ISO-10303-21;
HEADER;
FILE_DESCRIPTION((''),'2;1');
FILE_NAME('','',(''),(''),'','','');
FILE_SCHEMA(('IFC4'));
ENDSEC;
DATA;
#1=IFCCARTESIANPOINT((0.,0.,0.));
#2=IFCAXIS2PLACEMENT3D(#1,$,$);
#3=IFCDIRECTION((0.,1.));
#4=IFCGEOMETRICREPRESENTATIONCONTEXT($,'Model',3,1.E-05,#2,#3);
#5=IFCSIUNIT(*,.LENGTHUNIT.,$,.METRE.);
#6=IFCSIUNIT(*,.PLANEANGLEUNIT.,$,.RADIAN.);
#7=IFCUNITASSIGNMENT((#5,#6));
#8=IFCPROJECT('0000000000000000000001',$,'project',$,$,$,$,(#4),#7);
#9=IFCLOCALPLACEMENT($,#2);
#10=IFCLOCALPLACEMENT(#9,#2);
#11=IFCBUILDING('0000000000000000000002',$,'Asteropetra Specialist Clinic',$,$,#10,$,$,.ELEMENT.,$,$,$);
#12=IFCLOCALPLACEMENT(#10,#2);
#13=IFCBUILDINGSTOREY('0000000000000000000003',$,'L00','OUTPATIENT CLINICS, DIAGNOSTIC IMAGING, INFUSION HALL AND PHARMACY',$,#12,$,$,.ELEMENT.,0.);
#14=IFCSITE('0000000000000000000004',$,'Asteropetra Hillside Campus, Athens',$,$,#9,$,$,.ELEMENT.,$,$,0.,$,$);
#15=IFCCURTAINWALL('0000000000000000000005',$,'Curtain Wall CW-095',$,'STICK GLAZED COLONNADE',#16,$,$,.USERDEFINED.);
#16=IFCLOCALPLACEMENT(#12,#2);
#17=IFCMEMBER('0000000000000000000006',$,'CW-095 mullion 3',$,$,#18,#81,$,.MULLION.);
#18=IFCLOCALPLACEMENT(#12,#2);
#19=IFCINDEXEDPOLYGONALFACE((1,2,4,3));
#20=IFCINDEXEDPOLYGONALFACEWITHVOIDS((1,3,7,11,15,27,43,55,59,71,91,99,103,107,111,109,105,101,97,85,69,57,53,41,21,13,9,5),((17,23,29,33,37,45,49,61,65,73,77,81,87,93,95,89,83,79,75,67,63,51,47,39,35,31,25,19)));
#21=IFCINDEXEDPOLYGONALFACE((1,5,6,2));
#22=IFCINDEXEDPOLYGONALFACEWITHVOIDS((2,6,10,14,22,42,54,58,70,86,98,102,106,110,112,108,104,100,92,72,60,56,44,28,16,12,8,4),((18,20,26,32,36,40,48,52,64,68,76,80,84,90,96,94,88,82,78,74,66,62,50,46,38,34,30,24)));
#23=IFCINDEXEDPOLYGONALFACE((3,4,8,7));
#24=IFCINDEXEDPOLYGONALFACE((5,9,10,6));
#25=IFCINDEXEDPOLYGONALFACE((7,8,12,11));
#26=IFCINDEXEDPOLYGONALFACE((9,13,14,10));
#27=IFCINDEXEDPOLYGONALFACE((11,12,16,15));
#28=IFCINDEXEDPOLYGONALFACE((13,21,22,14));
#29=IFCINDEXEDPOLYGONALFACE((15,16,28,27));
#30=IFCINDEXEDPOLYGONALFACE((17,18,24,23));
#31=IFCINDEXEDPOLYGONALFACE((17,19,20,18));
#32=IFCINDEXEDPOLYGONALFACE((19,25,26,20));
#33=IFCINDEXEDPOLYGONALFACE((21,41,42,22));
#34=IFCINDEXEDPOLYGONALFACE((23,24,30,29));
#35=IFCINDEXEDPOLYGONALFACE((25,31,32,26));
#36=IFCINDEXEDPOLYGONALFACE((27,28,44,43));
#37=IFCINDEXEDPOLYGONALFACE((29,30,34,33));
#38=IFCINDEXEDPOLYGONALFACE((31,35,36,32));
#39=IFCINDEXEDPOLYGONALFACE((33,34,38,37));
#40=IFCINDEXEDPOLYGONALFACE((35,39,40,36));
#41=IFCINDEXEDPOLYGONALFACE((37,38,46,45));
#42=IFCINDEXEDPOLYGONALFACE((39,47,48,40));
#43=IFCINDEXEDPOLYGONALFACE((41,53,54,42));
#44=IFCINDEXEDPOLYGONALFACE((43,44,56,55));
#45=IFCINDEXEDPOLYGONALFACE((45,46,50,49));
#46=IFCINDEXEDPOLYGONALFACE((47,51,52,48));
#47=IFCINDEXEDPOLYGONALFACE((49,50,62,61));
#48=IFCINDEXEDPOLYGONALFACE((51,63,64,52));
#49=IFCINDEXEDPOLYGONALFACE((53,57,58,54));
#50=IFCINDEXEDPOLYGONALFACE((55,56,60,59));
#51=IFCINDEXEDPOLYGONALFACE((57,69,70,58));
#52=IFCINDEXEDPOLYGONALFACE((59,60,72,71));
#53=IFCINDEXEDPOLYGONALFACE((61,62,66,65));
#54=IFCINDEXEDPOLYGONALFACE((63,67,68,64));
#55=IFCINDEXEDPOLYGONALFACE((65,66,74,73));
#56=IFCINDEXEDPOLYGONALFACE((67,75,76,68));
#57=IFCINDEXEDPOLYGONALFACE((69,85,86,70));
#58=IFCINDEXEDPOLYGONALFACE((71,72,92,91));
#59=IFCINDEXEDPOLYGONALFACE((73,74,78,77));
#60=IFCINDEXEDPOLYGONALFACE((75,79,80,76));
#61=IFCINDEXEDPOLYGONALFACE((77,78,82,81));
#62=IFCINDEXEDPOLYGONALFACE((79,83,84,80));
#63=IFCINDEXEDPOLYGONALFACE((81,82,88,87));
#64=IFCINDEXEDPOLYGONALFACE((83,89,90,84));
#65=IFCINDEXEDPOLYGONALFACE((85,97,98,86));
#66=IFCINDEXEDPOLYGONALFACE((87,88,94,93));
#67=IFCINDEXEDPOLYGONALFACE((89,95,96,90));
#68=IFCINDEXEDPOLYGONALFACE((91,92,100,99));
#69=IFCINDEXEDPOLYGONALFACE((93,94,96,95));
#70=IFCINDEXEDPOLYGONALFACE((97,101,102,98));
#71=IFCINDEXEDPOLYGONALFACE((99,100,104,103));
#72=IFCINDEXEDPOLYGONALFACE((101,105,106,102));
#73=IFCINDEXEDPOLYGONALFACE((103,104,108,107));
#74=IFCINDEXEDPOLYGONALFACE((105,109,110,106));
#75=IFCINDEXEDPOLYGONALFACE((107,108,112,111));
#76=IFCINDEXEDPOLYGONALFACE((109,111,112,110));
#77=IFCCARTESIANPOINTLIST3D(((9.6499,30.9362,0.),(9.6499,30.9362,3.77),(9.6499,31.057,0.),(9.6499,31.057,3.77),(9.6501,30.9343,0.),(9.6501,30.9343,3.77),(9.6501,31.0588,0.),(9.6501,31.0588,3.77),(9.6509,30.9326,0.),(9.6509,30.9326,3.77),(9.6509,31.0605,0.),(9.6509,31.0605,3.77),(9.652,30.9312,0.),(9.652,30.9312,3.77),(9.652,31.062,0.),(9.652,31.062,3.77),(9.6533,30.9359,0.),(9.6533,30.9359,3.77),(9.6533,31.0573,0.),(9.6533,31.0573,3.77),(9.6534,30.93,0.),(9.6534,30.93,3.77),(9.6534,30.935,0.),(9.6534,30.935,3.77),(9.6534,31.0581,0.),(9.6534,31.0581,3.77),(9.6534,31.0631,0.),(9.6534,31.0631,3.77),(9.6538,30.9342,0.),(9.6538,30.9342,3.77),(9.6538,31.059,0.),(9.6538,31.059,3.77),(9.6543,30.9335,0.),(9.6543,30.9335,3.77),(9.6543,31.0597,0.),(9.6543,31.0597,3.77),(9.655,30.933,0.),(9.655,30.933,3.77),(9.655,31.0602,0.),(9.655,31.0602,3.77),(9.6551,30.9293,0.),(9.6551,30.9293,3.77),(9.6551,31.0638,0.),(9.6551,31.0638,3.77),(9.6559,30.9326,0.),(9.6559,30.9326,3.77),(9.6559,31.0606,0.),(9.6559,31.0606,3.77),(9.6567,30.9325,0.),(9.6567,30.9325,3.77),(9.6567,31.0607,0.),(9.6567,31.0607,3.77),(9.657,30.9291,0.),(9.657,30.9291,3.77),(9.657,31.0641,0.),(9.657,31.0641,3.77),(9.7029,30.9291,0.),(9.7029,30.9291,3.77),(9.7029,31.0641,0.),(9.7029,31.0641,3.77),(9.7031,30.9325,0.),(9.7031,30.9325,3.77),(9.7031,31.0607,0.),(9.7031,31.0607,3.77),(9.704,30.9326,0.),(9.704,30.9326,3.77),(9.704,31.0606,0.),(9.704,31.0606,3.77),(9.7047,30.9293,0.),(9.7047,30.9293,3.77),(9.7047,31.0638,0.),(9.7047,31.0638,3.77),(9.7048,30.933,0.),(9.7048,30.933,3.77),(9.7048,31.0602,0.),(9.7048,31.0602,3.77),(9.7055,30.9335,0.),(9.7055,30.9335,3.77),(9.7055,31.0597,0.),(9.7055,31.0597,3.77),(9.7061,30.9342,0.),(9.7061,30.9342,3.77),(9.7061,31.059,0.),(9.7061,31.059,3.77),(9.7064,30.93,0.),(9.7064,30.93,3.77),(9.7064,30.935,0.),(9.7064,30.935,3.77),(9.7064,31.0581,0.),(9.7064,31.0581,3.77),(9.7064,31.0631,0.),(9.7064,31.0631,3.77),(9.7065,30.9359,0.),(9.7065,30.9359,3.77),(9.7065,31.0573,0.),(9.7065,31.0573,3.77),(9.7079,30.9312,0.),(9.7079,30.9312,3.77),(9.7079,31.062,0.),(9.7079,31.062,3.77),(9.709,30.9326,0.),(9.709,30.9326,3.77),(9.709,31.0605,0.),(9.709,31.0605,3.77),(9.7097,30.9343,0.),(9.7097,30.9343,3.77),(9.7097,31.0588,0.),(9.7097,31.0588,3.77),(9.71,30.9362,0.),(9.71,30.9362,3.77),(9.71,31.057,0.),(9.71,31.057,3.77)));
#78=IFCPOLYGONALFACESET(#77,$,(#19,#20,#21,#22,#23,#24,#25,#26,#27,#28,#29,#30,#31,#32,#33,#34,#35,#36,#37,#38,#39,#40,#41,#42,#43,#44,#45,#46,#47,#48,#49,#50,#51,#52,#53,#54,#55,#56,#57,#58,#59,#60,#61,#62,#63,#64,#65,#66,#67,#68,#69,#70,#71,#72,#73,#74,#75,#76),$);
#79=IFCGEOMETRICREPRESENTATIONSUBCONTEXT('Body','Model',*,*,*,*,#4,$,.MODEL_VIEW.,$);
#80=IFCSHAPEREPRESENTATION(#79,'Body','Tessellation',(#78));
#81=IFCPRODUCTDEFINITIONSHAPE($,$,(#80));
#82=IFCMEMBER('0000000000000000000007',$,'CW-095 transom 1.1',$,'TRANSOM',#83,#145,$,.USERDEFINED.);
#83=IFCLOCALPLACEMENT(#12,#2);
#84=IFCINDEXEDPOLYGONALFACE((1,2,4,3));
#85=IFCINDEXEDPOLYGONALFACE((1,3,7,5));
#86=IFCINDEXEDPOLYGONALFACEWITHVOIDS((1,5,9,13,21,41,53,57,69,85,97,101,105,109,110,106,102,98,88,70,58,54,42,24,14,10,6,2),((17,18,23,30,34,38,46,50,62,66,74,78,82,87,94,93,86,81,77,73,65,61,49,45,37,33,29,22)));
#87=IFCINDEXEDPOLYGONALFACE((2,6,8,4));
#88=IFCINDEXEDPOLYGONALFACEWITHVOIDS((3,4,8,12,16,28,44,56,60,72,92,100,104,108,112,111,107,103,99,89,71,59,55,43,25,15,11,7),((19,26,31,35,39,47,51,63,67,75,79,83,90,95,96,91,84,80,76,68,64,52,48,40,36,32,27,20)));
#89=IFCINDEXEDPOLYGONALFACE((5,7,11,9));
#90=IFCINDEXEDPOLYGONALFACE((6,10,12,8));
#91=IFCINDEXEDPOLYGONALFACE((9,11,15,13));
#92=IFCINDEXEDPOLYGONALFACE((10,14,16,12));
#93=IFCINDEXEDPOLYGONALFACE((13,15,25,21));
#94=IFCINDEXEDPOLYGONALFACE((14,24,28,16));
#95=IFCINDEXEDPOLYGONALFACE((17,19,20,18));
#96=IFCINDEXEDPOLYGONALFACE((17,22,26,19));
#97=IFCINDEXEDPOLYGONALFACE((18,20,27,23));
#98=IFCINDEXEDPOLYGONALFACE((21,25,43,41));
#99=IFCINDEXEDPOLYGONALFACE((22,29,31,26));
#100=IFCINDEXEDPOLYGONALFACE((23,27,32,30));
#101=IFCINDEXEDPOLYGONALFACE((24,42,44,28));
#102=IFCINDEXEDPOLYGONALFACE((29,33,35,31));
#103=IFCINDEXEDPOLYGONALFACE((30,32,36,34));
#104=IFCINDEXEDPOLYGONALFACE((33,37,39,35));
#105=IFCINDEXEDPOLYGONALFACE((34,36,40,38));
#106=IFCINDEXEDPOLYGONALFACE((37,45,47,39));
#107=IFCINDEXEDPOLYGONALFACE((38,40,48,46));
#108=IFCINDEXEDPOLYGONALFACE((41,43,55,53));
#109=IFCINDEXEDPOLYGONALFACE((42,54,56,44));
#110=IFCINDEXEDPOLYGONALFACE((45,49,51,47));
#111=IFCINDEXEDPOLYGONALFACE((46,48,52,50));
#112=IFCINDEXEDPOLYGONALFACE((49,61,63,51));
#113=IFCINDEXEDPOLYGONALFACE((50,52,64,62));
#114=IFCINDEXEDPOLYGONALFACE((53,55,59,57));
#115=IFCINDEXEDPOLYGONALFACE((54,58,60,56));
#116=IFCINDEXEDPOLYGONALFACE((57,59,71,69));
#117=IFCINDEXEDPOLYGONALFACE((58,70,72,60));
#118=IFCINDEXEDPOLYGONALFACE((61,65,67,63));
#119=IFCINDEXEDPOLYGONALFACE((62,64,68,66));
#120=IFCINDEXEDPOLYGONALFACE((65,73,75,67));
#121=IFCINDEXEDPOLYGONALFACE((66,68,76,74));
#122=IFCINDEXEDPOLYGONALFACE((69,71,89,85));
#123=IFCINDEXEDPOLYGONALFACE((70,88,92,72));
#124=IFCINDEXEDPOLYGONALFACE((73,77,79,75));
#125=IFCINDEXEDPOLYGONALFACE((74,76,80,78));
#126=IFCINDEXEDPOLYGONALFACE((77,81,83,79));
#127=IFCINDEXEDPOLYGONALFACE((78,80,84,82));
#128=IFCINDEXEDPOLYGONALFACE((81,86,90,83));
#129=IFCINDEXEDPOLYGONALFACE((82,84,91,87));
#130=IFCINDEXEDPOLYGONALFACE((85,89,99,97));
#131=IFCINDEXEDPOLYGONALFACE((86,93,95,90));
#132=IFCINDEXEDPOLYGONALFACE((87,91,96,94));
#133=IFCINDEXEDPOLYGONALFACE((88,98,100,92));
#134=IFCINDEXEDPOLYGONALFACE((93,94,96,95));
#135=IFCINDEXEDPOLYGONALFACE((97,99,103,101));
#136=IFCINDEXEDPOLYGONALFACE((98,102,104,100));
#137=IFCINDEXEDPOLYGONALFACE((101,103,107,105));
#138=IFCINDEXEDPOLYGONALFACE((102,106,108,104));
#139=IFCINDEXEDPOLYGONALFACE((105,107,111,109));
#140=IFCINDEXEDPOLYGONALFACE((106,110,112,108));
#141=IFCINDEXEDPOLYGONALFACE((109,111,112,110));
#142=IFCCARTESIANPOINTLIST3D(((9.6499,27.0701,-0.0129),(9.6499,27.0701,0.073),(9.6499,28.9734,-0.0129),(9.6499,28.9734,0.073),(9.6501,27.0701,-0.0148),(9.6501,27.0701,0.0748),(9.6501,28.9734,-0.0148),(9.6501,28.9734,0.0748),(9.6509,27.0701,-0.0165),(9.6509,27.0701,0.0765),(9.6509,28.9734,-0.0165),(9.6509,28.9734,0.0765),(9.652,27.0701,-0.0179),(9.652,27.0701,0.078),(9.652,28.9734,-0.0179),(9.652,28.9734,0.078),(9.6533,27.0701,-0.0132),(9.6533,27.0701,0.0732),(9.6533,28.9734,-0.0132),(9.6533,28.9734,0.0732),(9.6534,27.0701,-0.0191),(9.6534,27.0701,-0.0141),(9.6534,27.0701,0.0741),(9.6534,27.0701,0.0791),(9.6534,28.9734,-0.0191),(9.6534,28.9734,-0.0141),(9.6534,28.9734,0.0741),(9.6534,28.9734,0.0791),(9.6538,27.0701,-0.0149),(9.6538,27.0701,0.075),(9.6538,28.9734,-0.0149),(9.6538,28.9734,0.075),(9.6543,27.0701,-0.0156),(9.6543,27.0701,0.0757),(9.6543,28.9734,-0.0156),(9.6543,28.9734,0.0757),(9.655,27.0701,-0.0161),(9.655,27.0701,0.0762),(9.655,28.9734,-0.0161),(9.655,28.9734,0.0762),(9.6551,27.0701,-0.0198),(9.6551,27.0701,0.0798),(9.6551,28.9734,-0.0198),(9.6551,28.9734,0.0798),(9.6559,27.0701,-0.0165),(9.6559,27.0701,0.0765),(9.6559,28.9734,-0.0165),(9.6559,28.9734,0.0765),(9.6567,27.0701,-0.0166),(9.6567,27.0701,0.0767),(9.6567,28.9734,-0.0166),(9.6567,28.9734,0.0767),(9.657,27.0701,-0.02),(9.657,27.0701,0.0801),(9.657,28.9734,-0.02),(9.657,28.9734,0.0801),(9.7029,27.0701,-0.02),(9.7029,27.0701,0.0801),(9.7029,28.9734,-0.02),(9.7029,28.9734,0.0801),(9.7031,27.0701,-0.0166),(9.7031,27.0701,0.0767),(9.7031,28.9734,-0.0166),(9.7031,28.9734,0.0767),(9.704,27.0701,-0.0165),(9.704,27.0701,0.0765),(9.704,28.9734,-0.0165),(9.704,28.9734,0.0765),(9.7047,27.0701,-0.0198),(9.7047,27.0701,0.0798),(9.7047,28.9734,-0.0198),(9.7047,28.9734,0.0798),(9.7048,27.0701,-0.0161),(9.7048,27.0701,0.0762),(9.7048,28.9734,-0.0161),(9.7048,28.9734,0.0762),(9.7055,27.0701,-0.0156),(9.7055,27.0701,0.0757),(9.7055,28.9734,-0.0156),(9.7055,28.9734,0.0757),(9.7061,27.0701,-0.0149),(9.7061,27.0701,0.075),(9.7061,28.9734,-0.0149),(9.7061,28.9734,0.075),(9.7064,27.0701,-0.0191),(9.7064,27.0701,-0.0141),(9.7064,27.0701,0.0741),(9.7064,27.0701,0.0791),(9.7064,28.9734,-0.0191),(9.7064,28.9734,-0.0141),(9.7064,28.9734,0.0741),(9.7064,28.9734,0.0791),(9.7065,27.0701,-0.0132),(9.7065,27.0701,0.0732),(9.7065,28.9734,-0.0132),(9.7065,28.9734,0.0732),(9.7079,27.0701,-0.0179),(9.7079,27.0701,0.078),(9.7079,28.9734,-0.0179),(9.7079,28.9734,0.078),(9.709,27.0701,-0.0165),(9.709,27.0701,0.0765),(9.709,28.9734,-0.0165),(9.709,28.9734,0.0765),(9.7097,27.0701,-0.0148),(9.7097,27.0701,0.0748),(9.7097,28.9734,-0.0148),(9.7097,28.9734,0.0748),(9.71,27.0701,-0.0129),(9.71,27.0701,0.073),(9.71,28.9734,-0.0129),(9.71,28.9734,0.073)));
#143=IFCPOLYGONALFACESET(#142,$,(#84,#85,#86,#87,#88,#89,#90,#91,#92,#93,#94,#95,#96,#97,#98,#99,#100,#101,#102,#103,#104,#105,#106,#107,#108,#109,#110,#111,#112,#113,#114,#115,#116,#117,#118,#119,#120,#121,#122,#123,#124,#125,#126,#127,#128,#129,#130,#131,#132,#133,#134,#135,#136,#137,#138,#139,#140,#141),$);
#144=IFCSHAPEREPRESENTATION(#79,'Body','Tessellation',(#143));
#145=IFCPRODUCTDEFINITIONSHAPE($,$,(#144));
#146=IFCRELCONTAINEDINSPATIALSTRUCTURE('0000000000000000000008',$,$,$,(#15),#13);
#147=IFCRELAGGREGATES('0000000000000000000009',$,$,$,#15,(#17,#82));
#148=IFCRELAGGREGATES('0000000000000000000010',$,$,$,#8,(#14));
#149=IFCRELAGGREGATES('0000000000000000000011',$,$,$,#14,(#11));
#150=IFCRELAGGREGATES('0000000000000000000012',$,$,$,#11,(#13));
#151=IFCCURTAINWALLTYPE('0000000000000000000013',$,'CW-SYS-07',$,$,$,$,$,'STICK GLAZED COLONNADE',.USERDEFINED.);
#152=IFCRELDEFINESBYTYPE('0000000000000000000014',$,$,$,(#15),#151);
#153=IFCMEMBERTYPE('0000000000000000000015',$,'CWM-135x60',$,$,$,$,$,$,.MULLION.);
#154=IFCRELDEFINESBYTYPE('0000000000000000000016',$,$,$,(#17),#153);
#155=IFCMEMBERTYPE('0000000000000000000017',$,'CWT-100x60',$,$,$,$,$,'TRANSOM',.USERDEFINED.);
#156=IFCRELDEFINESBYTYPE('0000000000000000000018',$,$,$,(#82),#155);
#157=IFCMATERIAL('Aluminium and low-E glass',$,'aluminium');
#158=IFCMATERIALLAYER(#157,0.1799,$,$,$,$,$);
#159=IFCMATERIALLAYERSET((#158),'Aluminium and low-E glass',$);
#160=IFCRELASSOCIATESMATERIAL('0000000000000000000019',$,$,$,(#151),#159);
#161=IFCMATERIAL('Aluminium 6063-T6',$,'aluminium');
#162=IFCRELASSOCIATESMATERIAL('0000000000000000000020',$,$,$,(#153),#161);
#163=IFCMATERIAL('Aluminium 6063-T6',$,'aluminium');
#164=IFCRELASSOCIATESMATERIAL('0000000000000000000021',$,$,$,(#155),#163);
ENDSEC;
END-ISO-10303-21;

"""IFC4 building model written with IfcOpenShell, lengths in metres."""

from ifc_helpers import new_model, si_unit, direction, frame, origin, origin_2d, place, context, subcontext, project, spatial, hollow_rectangle, extrude, material, layer, layer_set, material_profile, profile_set, type_object, element, aggregate, save


model = new_model("IFC4")

# Units and contexts
model_context = context("Model", 3, precision=1e-05, world=origin(), true_north=direction((0.0, 1.0)))
body_context = subcontext(model_context, "Body", "Model", "MODEL_VIEW")
ifc_project = project(units=[si_unit("LENGTHUNIT", "METRE"), si_unit("PLANEANGLEUNIT", "RADIAN")], contexts=[model_context])

# Site, building, storey
site_placement = place(None, origin())
site = spatial("IfcSite", under=ifc_project, at=site_placement, Name="Asteropetra Hillside Campus, Athens", CompositionType="ELEMENT", RefElevation=0.0)
building_placement = place(site_placement, origin())
building = spatial("IfcBuilding", under=site, at=building_placement, Name="Asteropetra Specialist Clinic", CompositionType="ELEMENT")
storey_placement = place(building_placement, origin())
storey = spatial("IfcBuildingStorey", under=building, at=storey_placement, Name="L00", Description="OUTPATIENT CLINICS, DIAGNOSTIC IMAGING, INFUSION HALL AND PHARMACY", CompositionType="ELEMENT", Elevation=0.0)

# Curtain wall, members
ifc_material_1 = material(Name="Aluminium and low-E glass", Category="aluminium")
ifc_layer_1 = layer(ifc_material_1, 0.1799)
ifc_layer_set_1 = layer_set([ifc_layer_1], Name="Aluminium and low-E glass")
curtain_wall_type = type_object("IfcCurtainWallType", Name="CW-SYS-07", ElementType="STICK GLAZED COLONNADE", PredefinedType="USERDEFINED", material=ifc_layer_set_1)
curtain_wall_placement = place(storey_placement, origin())
curtain_wall = element("IfcCurtainWall", 1, at=curtain_wall_placement, inside=storey, type_object=curtain_wall_type, Name="Curtain Wall CW-095", ObjectType="STICK GLAZED COLONNADE", PredefinedType="USERDEFINED")
ifc_material_2 = material(Name="Aluminium 6063-T6", Category="aluminium")
ifc_material_profile_1 = material_profile(ifc_material_2, hollow_rectangle(XDim=0.0601, YDim=0.135, WallThickness=0.0034, InnerFilletRadius=0.0034, OuterFilletRadius=0.0071, at=origin_2d()), Name="MUL 135x60x3.5")
ifc_profile_set_1 = profile_set([ifc_material_profile_1], Name="Aluminium 6063-T6")
member_type_1 = type_object("IfcMemberType", Name="CWM-135x60", PredefinedType="MULLION", material=ifc_profile_set_1)
member_1_placement = place(storey_placement, frame((9.6799, 30.9966, 0.0), z_axis=(0.0, 0.0, 1.0), x_axis=(-1.0, 0.0, 0.0)))
member_1 = element("IfcMember", 2, at=member_1_placement, type_object=member_type_1, Name="CW-095 mullion 3", PredefinedType="MULLION", context=body_context, shape_type="SweptSolid", body=[
    extrude(hollow_rectangle(XDim=0.0601, YDim=0.135, WallThickness=0.0034, InnerFilletRadius=0.0034, OuterFilletRadius=0.0071, at=origin_2d()), origin(), (0.0, 0.0, 1.0), 3.77),
])
ifc_material_3 = material(Name="Aluminium 6063-T6", Category="aluminium")
ifc_material_profile_2 = material_profile(ifc_material_3, hollow_rectangle(XDim=0.0601, YDim=0.1001, WallThickness=0.0034, InnerFilletRadius=0.0034, OuterFilletRadius=0.0071, at=origin_2d()), Name="TRN 100x60x3.5")
ifc_profile_set_2 = profile_set([ifc_material_profile_2], Name="Aluminium 6063-T6")
member_type_2 = type_object("IfcMemberType", Name="CWT-100x60", ElementType="TRANSOM", PredefinedType="USERDEFINED", material=ifc_profile_set_2)
member_2_placement = place(storey_placement, frame((9.6799, 27.0701, 0.03), z_axis=(0.0, 1.0, 0.0), x_axis=(-1.0, 0.0, 0.0)))
member_2 = element("IfcMember", 3, at=member_2_placement, type_object=member_type_2, Name="CW-095 transom 1.1", ObjectType="TRANSOM", PredefinedType="USERDEFINED", context=body_context, shape_type="SweptSolid", body=[
    extrude(hollow_rectangle(XDim=0.0601, YDim=0.1001, WallThickness=0.0034, InnerFilletRadius=0.0034, OuterFilletRadius=0.0071, at=origin_2d()), origin(), (0.0, 0.0, 1.0), 1.9033),
])

aggregate(curtain_wall, [member_1, member_2])

save(model, "model.ifc")
